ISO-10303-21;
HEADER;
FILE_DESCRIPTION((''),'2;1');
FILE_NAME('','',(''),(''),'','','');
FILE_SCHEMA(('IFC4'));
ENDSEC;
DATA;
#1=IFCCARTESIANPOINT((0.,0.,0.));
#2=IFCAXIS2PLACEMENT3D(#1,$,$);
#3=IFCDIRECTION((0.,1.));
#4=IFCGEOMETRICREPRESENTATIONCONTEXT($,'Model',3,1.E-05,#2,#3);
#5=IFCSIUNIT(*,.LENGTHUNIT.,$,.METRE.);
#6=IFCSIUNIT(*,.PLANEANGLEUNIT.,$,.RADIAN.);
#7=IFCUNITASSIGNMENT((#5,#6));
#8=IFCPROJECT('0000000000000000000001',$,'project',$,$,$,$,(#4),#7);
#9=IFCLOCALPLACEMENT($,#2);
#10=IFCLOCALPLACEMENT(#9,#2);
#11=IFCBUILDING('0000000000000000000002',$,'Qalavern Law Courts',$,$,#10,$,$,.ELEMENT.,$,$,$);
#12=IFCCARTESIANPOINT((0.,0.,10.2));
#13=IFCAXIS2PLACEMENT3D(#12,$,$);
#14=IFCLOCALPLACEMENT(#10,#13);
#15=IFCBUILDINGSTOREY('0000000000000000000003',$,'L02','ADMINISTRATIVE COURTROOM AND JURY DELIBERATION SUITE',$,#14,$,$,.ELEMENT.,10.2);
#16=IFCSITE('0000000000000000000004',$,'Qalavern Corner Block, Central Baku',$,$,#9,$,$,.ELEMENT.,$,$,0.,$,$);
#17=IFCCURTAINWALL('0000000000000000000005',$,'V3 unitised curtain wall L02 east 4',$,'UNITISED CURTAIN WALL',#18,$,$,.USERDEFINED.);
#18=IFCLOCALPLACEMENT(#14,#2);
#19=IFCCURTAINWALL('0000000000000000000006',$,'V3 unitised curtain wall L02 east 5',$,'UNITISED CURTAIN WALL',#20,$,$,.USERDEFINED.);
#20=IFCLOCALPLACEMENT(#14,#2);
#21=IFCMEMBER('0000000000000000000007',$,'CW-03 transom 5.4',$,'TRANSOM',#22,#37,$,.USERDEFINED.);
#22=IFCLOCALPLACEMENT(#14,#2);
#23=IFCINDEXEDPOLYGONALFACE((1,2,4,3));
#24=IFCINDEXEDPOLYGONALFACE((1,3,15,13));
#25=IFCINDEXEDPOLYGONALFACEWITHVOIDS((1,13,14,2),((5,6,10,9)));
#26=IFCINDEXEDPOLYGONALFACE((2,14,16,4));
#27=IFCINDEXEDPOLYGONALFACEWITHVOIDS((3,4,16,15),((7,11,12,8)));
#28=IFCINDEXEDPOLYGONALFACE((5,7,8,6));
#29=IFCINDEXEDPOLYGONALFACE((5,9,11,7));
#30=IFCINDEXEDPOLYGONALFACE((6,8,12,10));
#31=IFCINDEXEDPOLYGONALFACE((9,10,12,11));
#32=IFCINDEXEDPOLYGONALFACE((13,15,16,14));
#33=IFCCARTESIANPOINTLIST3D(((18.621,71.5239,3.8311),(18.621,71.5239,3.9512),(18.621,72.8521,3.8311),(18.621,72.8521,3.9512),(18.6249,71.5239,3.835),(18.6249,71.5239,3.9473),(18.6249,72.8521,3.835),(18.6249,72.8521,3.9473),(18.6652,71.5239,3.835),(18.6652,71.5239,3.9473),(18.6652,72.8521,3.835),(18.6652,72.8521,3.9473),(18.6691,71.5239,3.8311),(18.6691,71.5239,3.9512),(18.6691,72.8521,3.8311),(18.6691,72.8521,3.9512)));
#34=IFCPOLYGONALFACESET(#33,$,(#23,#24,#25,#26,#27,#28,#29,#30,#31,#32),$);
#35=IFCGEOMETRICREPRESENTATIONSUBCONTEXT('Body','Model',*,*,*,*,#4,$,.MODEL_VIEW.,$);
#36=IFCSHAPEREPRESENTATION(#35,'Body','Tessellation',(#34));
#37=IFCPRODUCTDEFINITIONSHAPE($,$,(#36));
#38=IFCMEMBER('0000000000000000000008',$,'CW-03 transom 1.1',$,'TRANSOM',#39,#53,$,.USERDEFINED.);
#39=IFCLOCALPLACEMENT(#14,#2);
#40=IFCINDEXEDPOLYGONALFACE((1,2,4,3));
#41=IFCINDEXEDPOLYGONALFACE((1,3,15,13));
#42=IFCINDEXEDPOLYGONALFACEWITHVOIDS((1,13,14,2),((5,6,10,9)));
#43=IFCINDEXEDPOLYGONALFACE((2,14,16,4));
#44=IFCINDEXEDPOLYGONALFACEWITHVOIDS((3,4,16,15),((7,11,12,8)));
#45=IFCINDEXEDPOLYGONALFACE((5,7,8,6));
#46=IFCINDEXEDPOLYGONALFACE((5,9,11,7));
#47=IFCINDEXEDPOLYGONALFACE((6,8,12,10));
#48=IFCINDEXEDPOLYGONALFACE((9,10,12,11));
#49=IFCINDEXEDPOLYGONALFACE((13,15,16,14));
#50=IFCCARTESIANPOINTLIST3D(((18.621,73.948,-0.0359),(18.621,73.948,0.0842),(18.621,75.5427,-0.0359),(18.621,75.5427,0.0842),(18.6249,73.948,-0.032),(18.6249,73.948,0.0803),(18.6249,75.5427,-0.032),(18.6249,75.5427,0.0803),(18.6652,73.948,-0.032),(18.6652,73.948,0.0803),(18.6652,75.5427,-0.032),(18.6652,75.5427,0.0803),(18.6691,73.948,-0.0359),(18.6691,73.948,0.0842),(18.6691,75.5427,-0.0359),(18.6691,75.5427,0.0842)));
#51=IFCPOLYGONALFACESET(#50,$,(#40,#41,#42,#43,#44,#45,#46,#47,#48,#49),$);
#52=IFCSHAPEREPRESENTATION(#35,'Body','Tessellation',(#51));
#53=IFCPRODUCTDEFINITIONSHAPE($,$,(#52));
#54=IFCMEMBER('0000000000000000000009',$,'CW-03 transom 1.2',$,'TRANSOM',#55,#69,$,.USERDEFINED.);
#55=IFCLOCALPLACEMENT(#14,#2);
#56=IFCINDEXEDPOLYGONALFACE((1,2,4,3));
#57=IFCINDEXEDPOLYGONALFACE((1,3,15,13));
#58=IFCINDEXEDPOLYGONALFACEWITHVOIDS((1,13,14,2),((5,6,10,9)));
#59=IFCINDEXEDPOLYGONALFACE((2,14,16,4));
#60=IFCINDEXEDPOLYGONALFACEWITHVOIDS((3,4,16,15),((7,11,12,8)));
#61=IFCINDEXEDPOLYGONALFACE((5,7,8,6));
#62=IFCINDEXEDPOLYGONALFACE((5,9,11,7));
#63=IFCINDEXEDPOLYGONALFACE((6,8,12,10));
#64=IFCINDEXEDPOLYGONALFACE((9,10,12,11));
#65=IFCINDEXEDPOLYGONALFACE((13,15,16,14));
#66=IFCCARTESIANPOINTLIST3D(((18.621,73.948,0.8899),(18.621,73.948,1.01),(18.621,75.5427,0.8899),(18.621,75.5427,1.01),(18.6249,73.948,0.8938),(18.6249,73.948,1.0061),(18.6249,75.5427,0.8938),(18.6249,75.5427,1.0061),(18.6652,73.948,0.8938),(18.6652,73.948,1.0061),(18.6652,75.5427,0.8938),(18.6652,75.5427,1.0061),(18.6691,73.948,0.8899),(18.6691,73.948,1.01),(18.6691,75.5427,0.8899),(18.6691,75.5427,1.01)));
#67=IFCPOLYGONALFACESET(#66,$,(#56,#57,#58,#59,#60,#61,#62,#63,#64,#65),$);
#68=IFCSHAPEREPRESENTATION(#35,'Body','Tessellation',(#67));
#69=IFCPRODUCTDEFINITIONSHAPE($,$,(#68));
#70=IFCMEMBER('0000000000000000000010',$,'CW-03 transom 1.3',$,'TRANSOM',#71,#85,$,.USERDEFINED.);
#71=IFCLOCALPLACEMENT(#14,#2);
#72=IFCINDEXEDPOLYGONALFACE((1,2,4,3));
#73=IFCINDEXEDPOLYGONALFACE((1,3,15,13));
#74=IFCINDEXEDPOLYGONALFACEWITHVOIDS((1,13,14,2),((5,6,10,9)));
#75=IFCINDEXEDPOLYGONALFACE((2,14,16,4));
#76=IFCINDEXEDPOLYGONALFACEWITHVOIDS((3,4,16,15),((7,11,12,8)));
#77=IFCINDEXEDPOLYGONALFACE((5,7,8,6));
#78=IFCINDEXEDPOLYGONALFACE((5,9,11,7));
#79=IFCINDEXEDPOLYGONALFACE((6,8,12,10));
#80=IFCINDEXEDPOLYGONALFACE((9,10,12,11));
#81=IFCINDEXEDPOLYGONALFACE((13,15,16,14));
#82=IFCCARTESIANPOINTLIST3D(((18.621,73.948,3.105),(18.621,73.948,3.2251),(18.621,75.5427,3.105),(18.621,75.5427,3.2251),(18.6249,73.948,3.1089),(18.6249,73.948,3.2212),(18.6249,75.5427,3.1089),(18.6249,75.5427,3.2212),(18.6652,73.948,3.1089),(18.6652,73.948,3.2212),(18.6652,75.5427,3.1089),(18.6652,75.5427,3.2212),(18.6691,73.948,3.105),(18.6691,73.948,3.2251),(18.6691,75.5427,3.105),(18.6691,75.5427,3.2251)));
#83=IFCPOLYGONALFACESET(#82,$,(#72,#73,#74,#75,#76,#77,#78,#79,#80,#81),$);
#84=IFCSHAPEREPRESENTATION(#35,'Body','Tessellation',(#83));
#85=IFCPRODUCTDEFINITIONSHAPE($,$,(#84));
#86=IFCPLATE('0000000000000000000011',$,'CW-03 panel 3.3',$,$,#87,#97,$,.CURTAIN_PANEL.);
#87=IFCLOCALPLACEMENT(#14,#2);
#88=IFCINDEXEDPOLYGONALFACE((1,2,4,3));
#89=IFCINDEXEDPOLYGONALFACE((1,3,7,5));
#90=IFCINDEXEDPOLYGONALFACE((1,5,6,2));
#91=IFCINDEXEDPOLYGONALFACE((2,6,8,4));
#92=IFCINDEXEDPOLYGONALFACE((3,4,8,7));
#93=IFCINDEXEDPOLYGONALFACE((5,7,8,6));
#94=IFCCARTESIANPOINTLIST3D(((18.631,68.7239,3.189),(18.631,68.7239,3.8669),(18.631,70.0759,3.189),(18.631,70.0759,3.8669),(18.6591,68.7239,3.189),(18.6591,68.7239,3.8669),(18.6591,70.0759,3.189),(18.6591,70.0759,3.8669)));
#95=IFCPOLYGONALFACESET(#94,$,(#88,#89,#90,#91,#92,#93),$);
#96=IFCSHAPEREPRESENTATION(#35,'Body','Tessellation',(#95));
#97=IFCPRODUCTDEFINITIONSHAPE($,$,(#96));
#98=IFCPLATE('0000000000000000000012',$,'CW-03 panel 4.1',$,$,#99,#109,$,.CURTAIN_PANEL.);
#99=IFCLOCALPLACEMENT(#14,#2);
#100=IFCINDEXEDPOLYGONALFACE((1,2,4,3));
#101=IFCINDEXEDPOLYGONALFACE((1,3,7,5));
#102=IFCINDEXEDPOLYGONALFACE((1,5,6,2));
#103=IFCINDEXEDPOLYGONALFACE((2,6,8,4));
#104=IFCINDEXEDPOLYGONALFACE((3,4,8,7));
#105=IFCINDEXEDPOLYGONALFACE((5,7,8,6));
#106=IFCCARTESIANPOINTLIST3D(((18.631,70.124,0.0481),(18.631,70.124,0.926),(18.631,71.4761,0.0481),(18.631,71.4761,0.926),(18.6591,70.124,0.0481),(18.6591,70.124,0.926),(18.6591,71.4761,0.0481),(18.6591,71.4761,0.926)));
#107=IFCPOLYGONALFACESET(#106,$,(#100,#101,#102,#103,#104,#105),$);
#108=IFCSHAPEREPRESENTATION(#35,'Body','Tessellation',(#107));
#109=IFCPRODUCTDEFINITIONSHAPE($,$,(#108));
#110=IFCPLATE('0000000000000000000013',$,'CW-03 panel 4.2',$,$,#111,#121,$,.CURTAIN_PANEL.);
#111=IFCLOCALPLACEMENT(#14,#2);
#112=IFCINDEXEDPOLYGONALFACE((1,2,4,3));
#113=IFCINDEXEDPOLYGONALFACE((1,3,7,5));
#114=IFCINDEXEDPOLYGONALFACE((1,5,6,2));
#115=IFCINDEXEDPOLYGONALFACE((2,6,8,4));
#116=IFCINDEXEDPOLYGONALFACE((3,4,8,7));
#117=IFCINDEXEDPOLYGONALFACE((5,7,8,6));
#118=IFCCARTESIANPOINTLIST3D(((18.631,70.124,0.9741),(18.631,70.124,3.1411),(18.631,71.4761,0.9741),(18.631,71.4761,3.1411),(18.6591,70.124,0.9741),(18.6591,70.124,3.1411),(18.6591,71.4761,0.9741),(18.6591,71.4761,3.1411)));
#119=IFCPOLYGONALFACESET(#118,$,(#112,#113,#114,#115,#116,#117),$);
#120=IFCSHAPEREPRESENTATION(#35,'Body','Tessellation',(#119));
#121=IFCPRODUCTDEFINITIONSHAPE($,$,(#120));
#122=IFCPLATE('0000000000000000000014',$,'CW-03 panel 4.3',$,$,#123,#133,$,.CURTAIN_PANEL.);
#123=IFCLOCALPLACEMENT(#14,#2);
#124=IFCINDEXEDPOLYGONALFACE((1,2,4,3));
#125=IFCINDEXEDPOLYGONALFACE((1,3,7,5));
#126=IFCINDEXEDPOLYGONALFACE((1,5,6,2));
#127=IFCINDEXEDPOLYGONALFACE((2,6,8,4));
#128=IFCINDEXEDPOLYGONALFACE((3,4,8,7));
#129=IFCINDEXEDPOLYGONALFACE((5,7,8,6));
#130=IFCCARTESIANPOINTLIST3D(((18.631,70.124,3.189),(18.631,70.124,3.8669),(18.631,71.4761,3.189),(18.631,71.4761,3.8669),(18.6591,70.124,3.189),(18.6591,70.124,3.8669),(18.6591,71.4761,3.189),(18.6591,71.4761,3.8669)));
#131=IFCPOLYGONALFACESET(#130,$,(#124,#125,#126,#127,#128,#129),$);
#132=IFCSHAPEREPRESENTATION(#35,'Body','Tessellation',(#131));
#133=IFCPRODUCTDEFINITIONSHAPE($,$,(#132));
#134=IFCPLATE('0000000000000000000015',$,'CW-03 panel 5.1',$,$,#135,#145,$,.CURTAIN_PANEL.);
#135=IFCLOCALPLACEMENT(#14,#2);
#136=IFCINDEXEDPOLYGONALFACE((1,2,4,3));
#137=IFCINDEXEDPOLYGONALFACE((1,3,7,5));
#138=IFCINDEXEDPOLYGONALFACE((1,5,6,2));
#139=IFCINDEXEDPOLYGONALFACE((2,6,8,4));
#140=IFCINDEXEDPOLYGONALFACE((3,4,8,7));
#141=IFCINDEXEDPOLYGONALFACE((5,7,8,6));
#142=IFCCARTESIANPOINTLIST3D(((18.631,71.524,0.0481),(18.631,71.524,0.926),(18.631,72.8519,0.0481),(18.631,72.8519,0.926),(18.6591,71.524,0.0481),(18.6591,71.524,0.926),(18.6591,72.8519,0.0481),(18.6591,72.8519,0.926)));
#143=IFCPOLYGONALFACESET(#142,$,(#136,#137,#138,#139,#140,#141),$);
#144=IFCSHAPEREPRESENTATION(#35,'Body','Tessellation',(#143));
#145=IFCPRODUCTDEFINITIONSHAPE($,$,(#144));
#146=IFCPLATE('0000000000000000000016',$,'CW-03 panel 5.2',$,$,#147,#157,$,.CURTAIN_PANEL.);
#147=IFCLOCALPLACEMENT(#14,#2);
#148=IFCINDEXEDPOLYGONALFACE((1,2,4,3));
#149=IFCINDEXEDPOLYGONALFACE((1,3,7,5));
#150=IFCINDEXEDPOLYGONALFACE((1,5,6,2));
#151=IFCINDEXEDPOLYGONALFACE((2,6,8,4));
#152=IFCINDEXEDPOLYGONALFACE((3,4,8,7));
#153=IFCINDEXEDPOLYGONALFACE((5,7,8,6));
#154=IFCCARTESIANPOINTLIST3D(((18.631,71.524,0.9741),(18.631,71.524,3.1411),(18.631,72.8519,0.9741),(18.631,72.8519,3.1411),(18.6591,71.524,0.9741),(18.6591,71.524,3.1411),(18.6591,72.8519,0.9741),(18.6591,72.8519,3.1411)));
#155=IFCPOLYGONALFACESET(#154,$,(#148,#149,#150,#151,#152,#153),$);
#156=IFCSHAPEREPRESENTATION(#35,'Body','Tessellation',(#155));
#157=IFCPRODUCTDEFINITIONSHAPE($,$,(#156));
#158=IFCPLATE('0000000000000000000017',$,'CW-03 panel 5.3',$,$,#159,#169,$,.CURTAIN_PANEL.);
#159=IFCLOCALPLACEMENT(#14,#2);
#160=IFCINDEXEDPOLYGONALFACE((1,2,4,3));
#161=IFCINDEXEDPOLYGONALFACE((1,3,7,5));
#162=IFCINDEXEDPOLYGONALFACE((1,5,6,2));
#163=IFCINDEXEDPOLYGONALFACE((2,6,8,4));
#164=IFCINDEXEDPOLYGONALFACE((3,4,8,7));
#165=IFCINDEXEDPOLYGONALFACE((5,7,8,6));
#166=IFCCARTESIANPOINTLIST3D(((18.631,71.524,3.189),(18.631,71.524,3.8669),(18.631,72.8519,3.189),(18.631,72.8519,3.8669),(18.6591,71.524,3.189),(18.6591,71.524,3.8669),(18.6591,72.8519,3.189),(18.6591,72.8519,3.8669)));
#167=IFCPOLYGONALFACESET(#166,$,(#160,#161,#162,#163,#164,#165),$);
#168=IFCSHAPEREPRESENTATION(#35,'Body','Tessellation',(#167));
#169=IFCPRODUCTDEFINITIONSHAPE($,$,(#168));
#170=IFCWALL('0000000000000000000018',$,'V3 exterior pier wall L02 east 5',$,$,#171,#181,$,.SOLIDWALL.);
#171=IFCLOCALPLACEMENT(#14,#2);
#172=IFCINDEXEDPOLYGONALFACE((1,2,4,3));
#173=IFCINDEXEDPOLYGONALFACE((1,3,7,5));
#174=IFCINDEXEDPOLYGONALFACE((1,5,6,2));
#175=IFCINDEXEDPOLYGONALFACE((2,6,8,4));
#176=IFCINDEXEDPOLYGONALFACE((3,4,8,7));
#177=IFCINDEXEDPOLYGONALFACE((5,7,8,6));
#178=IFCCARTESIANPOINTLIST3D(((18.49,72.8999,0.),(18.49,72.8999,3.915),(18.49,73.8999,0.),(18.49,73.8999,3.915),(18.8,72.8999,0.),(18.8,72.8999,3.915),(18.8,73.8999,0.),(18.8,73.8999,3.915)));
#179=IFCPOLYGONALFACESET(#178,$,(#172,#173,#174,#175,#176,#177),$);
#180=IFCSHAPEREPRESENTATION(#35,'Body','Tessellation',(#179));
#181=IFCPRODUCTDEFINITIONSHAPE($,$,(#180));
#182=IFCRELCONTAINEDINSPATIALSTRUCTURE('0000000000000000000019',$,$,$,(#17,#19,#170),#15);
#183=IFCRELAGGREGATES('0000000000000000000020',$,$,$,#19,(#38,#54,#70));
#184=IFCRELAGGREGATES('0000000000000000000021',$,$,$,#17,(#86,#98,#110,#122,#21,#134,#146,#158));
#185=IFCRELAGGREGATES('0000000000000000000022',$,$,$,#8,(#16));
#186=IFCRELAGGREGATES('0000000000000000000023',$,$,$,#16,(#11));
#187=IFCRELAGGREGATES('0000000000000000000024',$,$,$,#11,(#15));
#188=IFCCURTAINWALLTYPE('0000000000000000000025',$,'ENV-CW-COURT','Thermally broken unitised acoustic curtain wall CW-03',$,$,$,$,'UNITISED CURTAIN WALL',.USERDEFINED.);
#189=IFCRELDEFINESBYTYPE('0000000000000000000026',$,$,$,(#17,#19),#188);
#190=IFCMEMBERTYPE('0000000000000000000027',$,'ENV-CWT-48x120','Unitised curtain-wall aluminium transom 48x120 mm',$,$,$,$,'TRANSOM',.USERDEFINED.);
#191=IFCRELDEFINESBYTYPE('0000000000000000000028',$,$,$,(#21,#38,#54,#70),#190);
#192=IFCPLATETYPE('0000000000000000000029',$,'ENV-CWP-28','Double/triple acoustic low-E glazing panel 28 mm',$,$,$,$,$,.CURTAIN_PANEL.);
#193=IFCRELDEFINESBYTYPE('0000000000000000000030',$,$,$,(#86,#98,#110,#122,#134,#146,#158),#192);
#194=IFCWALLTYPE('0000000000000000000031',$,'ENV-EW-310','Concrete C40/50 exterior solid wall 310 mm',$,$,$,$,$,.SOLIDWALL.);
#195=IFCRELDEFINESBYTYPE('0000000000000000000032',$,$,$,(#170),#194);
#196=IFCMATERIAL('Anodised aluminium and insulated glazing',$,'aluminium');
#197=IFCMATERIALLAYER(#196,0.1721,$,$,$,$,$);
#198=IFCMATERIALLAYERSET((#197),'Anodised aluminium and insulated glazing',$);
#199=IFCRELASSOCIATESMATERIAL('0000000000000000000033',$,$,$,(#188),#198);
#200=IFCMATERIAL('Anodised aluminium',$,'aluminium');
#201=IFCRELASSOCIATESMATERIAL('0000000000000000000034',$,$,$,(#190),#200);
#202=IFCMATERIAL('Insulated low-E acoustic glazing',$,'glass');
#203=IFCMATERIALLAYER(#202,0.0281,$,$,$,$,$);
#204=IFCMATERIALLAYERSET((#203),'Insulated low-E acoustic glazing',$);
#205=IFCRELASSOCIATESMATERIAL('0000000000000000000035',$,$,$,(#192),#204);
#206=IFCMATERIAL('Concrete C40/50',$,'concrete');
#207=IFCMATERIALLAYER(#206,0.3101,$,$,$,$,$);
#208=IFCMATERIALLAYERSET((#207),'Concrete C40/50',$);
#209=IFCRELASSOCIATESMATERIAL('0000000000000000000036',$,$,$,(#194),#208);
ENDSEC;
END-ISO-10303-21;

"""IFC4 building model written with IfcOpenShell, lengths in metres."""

from ifc_helpers import new_model, si_unit, direction, frame, frame_2d, origin, origin_2d, place, context, subcontext, project, spatial, rectangle, hollow_rectangle, extrude, material, layer, layer_set, material_profile, profile_set, type_object, element, aggregate, save


model = new_model("IFC4")

# Units and contexts
model_context = context("Model", 3, precision=1e-05, world=origin(), true_north=direction((0.0, 1.0)))
body_context = subcontext(model_context, "Body", "Model", "MODEL_VIEW")
ifc_project = project(units=[si_unit("LENGTHUNIT", "METRE"), si_unit("PLANEANGLEUNIT", "RADIAN")], contexts=[model_context])

# Site, building, storey
site_placement = place(None, origin())
site = spatial("IfcSite", under=ifc_project, at=site_placement, Name="Qalavern Corner Block, Central Baku", CompositionType="ELEMENT", RefElevation=0.0)
building_placement = place(site_placement, origin())
building = spatial("IfcBuilding", under=site, at=building_placement, Name="Qalavern Law Courts", CompositionType="ELEMENT")
storey_placement = place(building_placement, frame((0.0, 0.0, 10.2)))
storey = spatial("IfcBuildingStorey", under=building, at=storey_placement, Name="L02", Description="ADMINISTRATIVE COURTROOM AND JURY DELIBERATION SUITE", CompositionType="ELEMENT", Elevation=10.2)

# Curtain wall
ifc_material_1 = material(Name="Anodised aluminium and insulated glazing", Category="aluminium")
ifc_layer_1 = layer(ifc_material_1, 0.1721)
ifc_layer_set_1 = layer_set([ifc_layer_1], Name="Anodised aluminium and insulated glazing")
curtain_wall_type = type_object("IfcCurtainWallType", Name="ENV-CW-COURT", Description="Thermally broken unitised acoustic curtain wall CW-03", ElementType="UNITISED CURTAIN WALL", PredefinedType="USERDEFINED", material=ifc_layer_set_1)
curtain_wall_1_placement = place(storey_placement, origin())
curtain_wall_1 = element("IfcCurtainWall", 1, at=curtain_wall_1_placement, inside=storey, type_object=curtain_wall_type, Name="V3 unitised curtain wall L02 east 4", ObjectType="UNITISED CURTAIN WALL", PredefinedType="USERDEFINED")
ifc_material_2 = material(Name="Anodised aluminium", Category="aluminium")

# Curtain wall
curtain_wall_2_placement = place(storey_placement, origin())
curtain_wall_2 = element("IfcCurtainWall", 2, at=curtain_wall_2_placement, inside=storey, type_object=curtain_wall_type, Name="V3 unitised curtain wall L02 east 5", ObjectType="UNITISED CURTAIN WALL", PredefinedType="USERDEFINED")

# Members
ifc_material_profile_1 = material_profile(ifc_material_2, hollow_rectangle(XDim=0.0481, YDim=0.1201, WallThickness=0.0039, at=origin_2d()), Name="ALU TRANSOM 48x120")
ifc_profile_set_1 = profile_set([ifc_material_profile_1], Name="Anodised aluminium")
member_type_1 = type_object("IfcMemberType", Name="ENV-CWT-48x120", Description="Unitised curtain-wall aluminium transom 48x120 mm", ElementType="TRANSOM", PredefinedType="USERDEFINED", material=ifc_profile_set_1)
member_1_placement = place(storey_placement, frame((18.645, 71.5239, 3.8911), z_axis=(0.0, 1.0, 0.0), x_axis=(-1.0, 0.0, 0.0)))
member_1 = element("IfcMember", 3, at=member_1_placement, type_object=member_type_1, Name="CW-03 transom 5.4", ObjectType="TRANSOM", PredefinedType="USERDEFINED", context=body_context, shape_type="SweptSolid", body=[
    extrude(hollow_rectangle(XDim=0.0481, YDim=0.1201, WallThickness=0.0039, at=origin_2d()), origin(), (0.0, 0.0, 1.0), 1.3281),
])
member_2_placement = place(storey_placement, frame((18.645, 73.948, 0.0242), z_axis=(0.0, 1.0, 0.0), x_axis=(-1.0, 0.0, 0.0)))
member_2 = element("IfcMember", 4, at=member_2_placement, type_object=member_type_1, Name="CW-03 transom 1.1", ObjectType="TRANSOM", PredefinedType="USERDEFINED", context=body_context, shape_type="SweptSolid", body=[
    extrude(hollow_rectangle(XDim=0.0481, YDim=0.1201, WallThickness=0.0039, at=origin_2d()), origin(), (0.0, 0.0, 1.0), 1.5947),
])
member_3_placement = place(storey_placement, frame((18.645, 73.948, 0.95), z_axis=(0.0, 1.0, 0.0), x_axis=(-1.0, 0.0, 0.0)))
member_3 = element("IfcMember", 5, at=member_3_placement, type_object=member_type_1, Name="CW-03 transom 1.2", ObjectType="TRANSOM", PredefinedType="USERDEFINED", context=body_context, shape_type="SweptSolid", body=[
    extrude(hollow_rectangle(XDim=0.0481, YDim=0.1201, WallThickness=0.0039, at=origin_2d()), origin(), (0.0, 0.0, 1.0), 1.5947),
])
member_4_placement = place(storey_placement, frame((18.645, 73.948, 3.165), z_axis=(0.0, 1.0, 0.0), x_axis=(-1.0, 0.0, 0.0)))
member_4 = element("IfcMember", 6, at=member_4_placement, type_object=member_type_1, Name="CW-03 transom 1.3", ObjectType="TRANSOM", PredefinedType="USERDEFINED", context=body_context, shape_type="SweptSolid", body=[
    extrude(hollow_rectangle(XDim=0.0481, YDim=0.1201, WallThickness=0.0039, at=origin_2d()), origin(), (0.0, 0.0, 1.0), 1.5947),
])
aggregate(curtain_wall_2, [member_2, member_3, member_4])

# Plates
ifc_material_3 = material(Name="Insulated low-E acoustic glazing", Category="glass")
ifc_layer_2 = layer(ifc_material_3, 0.0281)
ifc_layer_set_2 = layer_set([ifc_layer_2], Name="Insulated low-E acoustic glazing")
plate_type = type_object("IfcPlateType", Name="ENV-CWP-28", Description="Double/triple acoustic low-E glazing panel 28 mm", PredefinedType="CURTAIN_PANEL", material=ifc_layer_set_2)
plate_1_placement = place(storey_placement, frame((18.645, 69.3999, 3.189), z_axis=(0.0, 0.0, 1.0), x_axis=(0.0, 1.0, 0.0)))
plate_1 = element("IfcPlate", 7, at=plate_1_placement, type_object=plate_type, Name="CW-03 panel 3.3", PredefinedType="CURTAIN_PANEL", context=body_context, shape_type="SweptSolid", body=[
    extrude(rectangle(XDim=1.3521, YDim=0.0281, at=origin_2d()), origin(), (0.0, 0.0, 1.0), 0.678),
])
plate_2_placement = place(storey_placement, frame((18.645, 70.8, 0.0481), z_axis=(0.0, 0.0, 1.0), x_axis=(0.0, 1.0, 0.0)))
plate_2 = element("IfcPlate", 8, at=plate_2_placement, type_object=plate_type, Name="CW-03 panel 4.1", PredefinedType="CURTAIN_PANEL", context=body_context, shape_type="SweptSolid", body=[
    extrude(rectangle(XDim=1.3521, YDim=0.0281, at=origin_2d()), origin(), (0.0, 0.0, 1.0), 0.8779),
])
plate_3_placement = place(storey_placement, frame((18.645, 70.8, 0.9741), z_axis=(0.0, 0.0, 1.0), x_axis=(0.0, 1.0, 0.0)))
plate_3 = element("IfcPlate", 9, at=plate_3_placement, type_object=plate_type, Name="CW-03 panel 4.2", PredefinedType="CURTAIN_PANEL", context=body_context, shape_type="SweptSolid", body=[
    extrude(rectangle(XDim=1.3521, YDim=0.0281, at=origin_2d()), origin(), (0.0, 0.0, 1.0), 2.167),
])
plate_4_placement = place(storey_placement, frame((18.645, 70.8, 3.189), z_axis=(0.0, 0.0, 1.0), x_axis=(0.0, 1.0, 0.0)))
plate_4 = element("IfcPlate", 10, at=plate_4_placement, type_object=plate_type, Name="CW-03 panel 4.3", PredefinedType="CURTAIN_PANEL", context=body_context, shape_type="SweptSolid", body=[
    extrude(rectangle(XDim=1.3521, YDim=0.0281, at=origin_2d()), origin(), (0.0, 0.0, 1.0), 0.678),
])
plate_5_placement = place(storey_placement, frame((18.645, 72.188, 0.0481), z_axis=(0.0, 0.0, 1.0), x_axis=(0.0, 1.0, 0.0)))
plate_5 = element("IfcPlate", 11, at=plate_5_placement, type_object=plate_type, Name="CW-03 panel 5.1", PredefinedType="CURTAIN_PANEL", context=body_context, shape_type="SweptSolid", body=[
    extrude(rectangle(XDim=1.3279, YDim=0.0281, at=origin_2d()), origin(), (0.0, 0.0, 1.0), 0.8779),
])
plate_6_placement = place(storey_placement, frame((18.645, 72.188, 0.9741), z_axis=(0.0, 0.0, 1.0), x_axis=(0.0, 1.0, 0.0)))
plate_6 = element("IfcPlate", 12, at=plate_6_placement, type_object=plate_type, Name="CW-03 panel 5.2", PredefinedType="CURTAIN_PANEL", context=body_context, shape_type="SweptSolid", body=[
    extrude(rectangle(XDim=1.3279, YDim=0.0281, at=origin_2d()), origin(), (0.0, 0.0, 1.0), 2.167),
])
plate_7_placement = place(storey_placement, frame((18.645, 72.188, 3.189), z_axis=(0.0, 0.0, 1.0), x_axis=(0.0, 1.0, 0.0)))
plate_7 = element("IfcPlate", 13, at=plate_7_placement, type_object=plate_type, Name="CW-03 panel 5.3", PredefinedType="CURTAIN_PANEL", context=body_context, shape_type="SweptSolid", body=[
    extrude(rectangle(XDim=1.3279, YDim=0.0281, at=origin_2d()), origin(), (0.0, 0.0, 1.0), 0.678),
])
aggregate(curtain_wall_1, [plate_1, plate_2, plate_3, plate_4, member_1, plate_5, plate_6, plate_7])

# Wall
ifc_material_4 = material(Name="Concrete C40/50", Category="concrete")
ifc_layer_3 = layer(ifc_material_4, 0.3101)
ifc_layer_set_3 = layer_set([ifc_layer_3], Name="Concrete C40/50")
wall_type = type_object("IfcWallType", Name="ENV-EW-310", Description="Concrete C40/50 exterior solid wall 310 mm", PredefinedType="SOLIDWALL", material=ifc_layer_set_3)
wall_placement = place(storey_placement, frame((18.645, 72.8999, 0.0), z_axis=(0.0, 0.0, 1.0), x_axis=(0.0, 1.0, 0.0)))
element("IfcWall", 14, at=wall_placement, inside=storey, type_object=wall_type, Name="V3 exterior pier wall L02 east 5", PredefinedType="SOLIDWALL", context=body_context, shape_type="SweptSolid", body=[
    extrude(rectangle(XDim=1.0, YDim=0.3101, at=frame_2d((0.5, 0.0))), origin(), (0.0, 0.0, 1.0), 3.915),
])

save(model, "model.ifc")
